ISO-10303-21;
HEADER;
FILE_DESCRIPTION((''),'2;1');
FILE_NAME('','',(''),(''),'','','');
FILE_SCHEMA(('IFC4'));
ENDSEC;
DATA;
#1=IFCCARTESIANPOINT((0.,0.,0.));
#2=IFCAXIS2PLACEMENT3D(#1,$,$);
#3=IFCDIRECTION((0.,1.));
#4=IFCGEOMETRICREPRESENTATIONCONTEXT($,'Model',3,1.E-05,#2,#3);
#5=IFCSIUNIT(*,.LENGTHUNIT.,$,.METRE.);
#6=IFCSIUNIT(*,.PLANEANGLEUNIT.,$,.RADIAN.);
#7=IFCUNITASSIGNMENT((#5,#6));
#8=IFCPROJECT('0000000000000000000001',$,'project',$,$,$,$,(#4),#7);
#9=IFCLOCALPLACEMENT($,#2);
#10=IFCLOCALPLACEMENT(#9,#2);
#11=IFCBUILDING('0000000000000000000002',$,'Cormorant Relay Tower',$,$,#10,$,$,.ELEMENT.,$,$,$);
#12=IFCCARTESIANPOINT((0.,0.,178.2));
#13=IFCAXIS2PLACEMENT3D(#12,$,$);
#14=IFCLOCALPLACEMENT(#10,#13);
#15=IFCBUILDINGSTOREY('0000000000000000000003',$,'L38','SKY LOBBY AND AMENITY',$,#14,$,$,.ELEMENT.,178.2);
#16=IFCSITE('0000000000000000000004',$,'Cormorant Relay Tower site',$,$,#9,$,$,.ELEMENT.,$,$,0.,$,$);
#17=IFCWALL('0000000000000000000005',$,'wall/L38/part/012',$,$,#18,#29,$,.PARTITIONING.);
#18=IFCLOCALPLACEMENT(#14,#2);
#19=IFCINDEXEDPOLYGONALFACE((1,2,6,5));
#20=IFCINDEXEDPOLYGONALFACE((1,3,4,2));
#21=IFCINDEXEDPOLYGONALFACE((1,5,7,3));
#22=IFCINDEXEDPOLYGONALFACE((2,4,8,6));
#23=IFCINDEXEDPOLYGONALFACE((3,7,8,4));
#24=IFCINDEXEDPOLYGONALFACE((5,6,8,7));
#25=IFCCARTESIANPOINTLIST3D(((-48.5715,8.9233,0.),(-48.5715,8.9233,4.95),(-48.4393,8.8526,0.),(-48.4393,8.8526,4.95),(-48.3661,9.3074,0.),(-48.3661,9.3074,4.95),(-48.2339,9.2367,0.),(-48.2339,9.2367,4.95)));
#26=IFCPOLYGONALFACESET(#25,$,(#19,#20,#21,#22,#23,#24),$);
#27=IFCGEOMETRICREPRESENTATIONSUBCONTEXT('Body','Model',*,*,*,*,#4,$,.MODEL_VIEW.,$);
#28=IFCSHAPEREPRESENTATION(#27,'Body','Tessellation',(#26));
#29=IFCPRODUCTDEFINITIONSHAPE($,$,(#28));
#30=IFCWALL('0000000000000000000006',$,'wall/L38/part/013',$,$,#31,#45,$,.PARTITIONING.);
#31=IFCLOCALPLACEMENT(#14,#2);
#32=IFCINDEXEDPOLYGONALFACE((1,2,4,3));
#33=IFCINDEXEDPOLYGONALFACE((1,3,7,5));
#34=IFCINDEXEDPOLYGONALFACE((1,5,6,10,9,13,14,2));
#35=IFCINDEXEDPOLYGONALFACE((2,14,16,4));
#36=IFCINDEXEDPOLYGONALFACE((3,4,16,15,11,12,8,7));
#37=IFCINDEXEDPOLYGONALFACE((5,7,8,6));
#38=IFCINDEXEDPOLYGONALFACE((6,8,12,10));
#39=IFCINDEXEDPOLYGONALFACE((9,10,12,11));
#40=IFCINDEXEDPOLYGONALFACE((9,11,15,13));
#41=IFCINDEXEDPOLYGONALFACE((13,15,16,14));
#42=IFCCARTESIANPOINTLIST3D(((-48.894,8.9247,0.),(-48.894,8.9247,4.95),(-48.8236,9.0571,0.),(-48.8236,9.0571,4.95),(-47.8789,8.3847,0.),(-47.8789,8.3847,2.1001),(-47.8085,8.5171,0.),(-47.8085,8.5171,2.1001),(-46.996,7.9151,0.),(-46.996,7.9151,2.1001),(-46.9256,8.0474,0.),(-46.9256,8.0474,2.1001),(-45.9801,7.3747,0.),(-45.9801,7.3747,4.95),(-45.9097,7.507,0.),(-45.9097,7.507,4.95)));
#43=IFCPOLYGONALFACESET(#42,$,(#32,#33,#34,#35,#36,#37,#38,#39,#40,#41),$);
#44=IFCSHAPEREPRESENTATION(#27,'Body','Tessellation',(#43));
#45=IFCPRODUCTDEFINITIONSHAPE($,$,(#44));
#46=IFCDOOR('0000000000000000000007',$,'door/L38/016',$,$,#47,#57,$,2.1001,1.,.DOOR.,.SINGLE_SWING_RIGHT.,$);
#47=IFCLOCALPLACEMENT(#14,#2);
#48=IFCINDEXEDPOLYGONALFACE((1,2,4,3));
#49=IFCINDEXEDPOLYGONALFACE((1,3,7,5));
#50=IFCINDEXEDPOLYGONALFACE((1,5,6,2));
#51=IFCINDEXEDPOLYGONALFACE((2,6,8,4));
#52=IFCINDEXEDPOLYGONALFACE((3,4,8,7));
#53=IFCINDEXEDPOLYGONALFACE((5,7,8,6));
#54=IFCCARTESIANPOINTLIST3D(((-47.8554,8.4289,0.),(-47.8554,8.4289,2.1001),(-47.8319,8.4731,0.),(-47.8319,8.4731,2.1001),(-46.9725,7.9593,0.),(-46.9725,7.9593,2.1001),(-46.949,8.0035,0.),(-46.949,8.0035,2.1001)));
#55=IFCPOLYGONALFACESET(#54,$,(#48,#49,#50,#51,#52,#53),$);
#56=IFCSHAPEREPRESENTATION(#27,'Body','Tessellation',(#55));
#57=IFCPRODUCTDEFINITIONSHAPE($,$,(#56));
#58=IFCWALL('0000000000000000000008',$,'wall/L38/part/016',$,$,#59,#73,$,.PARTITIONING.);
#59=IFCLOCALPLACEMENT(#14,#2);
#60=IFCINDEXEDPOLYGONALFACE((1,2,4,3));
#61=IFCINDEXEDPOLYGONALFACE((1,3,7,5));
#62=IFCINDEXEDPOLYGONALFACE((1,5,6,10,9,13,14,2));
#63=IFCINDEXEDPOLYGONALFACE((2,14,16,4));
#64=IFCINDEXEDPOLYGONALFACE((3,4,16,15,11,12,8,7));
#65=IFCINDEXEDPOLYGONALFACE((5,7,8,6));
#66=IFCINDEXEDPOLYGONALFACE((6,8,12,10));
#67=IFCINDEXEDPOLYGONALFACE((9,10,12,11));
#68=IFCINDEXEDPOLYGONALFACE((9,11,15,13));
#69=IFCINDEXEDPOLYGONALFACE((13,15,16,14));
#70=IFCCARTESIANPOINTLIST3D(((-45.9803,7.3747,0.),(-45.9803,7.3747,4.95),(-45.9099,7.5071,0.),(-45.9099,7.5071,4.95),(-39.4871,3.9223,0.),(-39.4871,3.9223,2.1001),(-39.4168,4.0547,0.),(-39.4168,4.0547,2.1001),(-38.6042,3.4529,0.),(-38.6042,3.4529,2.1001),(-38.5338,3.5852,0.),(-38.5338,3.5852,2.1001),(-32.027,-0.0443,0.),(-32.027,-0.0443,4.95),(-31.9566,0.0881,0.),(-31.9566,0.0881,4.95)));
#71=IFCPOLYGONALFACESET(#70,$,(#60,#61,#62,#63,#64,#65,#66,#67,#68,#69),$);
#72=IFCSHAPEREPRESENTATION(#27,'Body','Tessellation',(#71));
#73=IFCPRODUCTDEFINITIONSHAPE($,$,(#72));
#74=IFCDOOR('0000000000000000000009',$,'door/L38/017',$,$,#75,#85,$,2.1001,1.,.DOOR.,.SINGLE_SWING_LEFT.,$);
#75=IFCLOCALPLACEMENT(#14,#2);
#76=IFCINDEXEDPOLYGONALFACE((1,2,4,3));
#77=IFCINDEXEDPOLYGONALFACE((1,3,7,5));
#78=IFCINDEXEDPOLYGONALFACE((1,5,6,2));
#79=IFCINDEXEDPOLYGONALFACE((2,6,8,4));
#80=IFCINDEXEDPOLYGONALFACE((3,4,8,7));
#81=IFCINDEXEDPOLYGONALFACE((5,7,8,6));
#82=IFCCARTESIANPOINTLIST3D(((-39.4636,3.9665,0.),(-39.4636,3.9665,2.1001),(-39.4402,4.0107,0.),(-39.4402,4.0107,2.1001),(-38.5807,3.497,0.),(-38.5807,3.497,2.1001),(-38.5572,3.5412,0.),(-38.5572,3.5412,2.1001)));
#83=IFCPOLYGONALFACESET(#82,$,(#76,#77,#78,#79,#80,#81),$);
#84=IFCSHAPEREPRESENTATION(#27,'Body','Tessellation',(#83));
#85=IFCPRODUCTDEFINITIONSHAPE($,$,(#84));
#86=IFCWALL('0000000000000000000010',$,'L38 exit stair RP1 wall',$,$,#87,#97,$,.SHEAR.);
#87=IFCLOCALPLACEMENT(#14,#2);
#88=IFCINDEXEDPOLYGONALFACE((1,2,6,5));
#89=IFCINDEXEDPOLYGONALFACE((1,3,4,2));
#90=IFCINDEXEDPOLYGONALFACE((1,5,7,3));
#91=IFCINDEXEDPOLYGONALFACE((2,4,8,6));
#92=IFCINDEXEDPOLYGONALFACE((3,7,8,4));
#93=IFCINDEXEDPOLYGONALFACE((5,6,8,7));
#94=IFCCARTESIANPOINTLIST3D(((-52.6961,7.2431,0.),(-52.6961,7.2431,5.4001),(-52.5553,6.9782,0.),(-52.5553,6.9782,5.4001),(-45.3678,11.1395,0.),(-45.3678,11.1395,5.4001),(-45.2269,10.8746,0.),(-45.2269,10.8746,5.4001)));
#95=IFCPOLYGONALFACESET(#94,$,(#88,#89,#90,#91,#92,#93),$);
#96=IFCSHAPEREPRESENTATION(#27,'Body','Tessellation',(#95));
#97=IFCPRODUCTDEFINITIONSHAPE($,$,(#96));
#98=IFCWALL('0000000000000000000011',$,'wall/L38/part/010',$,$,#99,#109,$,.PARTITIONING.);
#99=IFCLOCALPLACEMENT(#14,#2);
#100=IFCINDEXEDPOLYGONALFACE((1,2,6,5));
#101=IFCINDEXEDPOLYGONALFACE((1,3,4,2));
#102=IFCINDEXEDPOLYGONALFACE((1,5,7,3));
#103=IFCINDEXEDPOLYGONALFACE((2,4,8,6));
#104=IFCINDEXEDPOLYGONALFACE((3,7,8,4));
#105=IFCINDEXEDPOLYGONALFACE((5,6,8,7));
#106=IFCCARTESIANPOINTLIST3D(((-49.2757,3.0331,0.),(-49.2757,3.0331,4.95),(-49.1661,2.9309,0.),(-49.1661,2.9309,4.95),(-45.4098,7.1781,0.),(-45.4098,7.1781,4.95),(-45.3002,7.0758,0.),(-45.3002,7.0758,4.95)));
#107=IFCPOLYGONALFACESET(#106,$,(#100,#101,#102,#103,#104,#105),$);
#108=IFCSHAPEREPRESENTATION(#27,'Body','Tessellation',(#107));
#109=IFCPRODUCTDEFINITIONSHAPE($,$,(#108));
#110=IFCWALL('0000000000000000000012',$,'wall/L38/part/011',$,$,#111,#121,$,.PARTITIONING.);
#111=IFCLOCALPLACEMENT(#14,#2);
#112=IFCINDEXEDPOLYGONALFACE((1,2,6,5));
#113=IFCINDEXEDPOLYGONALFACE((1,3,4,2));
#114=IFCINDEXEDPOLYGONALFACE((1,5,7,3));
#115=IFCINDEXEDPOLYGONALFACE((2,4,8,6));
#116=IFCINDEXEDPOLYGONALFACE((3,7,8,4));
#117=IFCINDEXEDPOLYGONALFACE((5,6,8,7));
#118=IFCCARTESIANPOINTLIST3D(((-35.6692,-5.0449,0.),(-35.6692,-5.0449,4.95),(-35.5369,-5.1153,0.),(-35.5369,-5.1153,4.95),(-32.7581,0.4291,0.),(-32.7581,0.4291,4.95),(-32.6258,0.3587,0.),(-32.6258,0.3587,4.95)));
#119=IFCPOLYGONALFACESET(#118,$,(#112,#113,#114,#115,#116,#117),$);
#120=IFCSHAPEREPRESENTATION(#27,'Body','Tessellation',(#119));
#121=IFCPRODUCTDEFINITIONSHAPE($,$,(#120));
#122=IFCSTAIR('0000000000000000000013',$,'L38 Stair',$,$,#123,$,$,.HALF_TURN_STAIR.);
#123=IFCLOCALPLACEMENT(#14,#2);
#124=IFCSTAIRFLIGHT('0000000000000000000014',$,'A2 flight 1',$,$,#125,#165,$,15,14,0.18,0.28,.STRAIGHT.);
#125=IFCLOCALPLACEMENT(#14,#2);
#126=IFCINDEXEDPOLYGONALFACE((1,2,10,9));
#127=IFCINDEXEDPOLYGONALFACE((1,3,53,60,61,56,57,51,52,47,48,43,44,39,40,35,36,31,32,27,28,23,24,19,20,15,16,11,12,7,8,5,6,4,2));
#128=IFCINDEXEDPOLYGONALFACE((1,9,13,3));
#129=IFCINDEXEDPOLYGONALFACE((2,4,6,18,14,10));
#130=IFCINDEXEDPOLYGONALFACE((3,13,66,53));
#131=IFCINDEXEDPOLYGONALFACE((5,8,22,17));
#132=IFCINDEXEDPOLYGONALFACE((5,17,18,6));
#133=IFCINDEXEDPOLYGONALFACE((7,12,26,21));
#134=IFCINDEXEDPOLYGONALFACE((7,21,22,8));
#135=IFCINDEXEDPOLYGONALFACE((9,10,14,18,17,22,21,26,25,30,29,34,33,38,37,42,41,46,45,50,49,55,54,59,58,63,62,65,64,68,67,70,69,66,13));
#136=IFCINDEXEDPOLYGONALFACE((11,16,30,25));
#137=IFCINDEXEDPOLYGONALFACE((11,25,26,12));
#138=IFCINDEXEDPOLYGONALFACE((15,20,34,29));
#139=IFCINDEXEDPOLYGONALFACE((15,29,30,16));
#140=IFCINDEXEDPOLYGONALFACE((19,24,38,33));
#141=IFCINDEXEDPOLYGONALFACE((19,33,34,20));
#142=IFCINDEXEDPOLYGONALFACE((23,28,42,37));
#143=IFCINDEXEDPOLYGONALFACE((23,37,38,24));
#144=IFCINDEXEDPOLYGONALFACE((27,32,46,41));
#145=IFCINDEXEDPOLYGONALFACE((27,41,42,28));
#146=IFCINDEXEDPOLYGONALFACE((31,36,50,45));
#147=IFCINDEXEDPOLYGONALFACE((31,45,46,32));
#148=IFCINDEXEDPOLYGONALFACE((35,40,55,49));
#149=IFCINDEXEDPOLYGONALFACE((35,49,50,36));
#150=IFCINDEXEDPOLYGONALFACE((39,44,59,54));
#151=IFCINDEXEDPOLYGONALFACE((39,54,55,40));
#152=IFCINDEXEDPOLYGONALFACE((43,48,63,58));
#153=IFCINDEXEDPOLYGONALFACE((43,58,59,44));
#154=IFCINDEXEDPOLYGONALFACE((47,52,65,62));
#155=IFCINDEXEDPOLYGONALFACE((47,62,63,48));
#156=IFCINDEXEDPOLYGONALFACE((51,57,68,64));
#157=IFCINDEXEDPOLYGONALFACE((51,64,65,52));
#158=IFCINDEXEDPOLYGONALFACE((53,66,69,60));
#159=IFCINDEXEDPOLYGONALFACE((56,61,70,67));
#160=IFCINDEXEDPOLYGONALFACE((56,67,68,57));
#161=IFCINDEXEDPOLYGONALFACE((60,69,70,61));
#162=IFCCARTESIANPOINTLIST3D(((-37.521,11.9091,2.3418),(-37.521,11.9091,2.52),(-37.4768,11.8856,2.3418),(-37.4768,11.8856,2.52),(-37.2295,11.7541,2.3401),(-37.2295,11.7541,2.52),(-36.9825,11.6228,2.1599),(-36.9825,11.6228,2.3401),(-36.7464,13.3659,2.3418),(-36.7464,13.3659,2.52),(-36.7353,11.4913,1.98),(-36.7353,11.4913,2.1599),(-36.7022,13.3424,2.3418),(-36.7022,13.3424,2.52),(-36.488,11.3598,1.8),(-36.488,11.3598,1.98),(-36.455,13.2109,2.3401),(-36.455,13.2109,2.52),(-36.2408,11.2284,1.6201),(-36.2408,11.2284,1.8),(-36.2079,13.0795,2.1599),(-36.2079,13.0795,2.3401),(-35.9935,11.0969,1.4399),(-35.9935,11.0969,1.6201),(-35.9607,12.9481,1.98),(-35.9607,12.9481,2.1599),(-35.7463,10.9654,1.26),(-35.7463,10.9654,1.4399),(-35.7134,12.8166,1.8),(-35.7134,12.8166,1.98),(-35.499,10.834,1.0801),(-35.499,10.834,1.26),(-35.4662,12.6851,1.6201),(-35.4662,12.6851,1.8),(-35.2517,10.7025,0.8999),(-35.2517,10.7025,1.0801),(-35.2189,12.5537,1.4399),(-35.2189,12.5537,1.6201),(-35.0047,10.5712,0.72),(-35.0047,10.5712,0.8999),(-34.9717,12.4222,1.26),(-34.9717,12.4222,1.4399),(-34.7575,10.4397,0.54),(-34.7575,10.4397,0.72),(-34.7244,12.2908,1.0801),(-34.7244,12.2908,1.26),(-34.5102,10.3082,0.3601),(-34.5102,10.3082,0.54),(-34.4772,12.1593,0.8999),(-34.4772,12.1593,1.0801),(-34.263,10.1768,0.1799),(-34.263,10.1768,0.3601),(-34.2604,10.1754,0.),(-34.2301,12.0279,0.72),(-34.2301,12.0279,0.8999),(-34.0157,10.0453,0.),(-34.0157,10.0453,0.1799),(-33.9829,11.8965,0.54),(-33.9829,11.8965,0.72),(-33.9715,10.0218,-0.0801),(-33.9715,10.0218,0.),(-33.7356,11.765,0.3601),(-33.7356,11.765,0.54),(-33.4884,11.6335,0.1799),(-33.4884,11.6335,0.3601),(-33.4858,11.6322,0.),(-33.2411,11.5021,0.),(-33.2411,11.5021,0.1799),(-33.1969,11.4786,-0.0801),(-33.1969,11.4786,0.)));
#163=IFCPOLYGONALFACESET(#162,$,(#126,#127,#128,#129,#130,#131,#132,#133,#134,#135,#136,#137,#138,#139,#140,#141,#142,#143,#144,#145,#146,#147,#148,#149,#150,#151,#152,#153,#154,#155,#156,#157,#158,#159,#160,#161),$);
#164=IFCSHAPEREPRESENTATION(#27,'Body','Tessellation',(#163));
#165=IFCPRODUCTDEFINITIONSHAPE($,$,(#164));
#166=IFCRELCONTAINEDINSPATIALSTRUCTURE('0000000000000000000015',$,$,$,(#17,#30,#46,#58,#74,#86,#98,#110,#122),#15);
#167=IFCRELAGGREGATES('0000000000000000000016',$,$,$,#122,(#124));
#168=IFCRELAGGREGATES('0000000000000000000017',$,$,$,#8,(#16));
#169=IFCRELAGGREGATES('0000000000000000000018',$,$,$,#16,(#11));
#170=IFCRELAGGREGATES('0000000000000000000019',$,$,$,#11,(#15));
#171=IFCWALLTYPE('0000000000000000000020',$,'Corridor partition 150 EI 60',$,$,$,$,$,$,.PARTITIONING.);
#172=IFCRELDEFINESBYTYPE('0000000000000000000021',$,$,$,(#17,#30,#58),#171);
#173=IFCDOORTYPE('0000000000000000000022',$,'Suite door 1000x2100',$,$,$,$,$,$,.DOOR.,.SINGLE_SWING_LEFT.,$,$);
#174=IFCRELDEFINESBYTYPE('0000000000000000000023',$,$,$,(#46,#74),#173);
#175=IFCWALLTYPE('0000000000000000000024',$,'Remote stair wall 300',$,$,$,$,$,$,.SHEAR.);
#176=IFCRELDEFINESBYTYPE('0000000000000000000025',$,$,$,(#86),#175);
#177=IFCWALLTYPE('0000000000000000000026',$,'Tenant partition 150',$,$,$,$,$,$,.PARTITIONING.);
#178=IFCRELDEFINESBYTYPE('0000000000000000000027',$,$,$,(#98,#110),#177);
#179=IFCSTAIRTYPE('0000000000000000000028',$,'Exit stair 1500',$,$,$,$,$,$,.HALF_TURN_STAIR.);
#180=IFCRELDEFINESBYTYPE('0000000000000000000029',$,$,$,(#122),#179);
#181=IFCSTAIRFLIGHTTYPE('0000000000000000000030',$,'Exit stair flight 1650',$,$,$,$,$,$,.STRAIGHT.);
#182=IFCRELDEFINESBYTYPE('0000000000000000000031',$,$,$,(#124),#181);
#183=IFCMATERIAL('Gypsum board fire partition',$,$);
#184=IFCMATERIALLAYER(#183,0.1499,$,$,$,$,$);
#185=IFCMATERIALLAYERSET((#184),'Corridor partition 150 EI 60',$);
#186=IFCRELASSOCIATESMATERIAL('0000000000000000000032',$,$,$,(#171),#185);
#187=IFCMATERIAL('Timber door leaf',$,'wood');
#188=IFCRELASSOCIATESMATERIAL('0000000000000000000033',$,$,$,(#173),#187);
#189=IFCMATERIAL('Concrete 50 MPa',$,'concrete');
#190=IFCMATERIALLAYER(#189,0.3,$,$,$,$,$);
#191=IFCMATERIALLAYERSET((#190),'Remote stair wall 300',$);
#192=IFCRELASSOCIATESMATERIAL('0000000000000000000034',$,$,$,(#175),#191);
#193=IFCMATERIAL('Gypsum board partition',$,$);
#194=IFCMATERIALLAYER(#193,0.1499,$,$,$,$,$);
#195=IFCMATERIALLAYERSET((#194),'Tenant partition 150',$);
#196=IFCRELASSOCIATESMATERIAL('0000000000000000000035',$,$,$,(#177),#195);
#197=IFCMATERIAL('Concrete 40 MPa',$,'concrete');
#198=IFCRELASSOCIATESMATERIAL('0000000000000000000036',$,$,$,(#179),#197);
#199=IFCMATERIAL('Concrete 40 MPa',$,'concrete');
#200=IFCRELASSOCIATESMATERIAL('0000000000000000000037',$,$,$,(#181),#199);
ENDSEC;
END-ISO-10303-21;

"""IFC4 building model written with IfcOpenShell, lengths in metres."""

from ifc_helpers import new_model, si_unit, direction, frame, frame_2d, origin, place, context, subcontext, project, spatial, polyline, rectangle, outline, extrude, material, layer, layer_set, type_object, element, fill, aggregate, save


model = new_model("IFC4")

# Units and contexts
model_context = context("Model", 3, precision=1e-05, world=origin(), true_north=direction((0.0, 1.0)))
body_context = subcontext(model_context, "Body", "Model", "MODEL_VIEW")
ifc_project = project(units=[si_unit("LENGTHUNIT", "METRE"), si_unit("PLANEANGLEUNIT", "RADIAN")], contexts=[model_context])

# Site, building, storey
site_placement = place(None, origin())
site = spatial("IfcSite", under=ifc_project, at=site_placement, Name="Cormorant Relay Tower site", CompositionType="ELEMENT", RefElevation=0.0)
building_placement = place(site_placement, origin())
building = spatial("IfcBuilding", under=site, at=building_placement, Name="Cormorant Relay Tower", CompositionType="ELEMENT")
storey_placement = place(building_placement, frame((0.0, 0.0, 178.2)))
storey = spatial("IfcBuildingStorey", under=building, at=storey_placement, Name="L38", Description="SKY LOBBY AND AMENITY", CompositionType="ELEMENT", Elevation=178.2)

# Wall
ifc_material_1 = material(Name="Gypsum board fire partition")
ifc_layer_1 = layer(ifc_material_1, 0.1499)
ifc_layer_set_1 = layer_set([ifc_layer_1], Name="Corridor partition 150 EI 60")
wall_type_1 = type_object("IfcWallType", Name="Corridor partition 150 EI 60", PredefinedType="PARTITIONING", material=ifc_layer_set_1)
wall_1_placement = place(storey_placement, frame((-48.5054, 8.8879, 0.0), z_axis=(0.0, 0.0, 1.0), x_axis=(0.47149, 0.881871, 0.0)))
element("IfcWall", 1, at=wall_1_placement, inside=storey, type_object=wall_type_1, Name="wall/L38/part/012", PredefinedType="PARTITIONING", context=body_context, shape_type="SweptSolid", body=[
    extrude(rectangle(XDim=0.4355, YDim=0.1499, at=frame_2d((0.2178, 0.0))), origin(), (0.0, 0.0, 1.0), 4.95),
])

# Walls, openings, doors
wall_2_placement = place(storey_placement, frame((-48.8589, 8.991, 0.0), z_axis=(0.0, 0.0, 1.0), x_axis=(0.882854, -0.469647, 0.0)))
wall_2 = element("IfcWall", 2, at=wall_2_placement, inside=storey, type_object=wall_type_1, Name="wall/L38/part/013", PredefinedType="PARTITIONING", context=body_context, shape_type="SweptSolid", body=[
    extrude(rectangle(XDim=3.3005, YDim=0.1499, at=frame_2d((1.6504, 0.0))), origin(), (0.0, 0.0, 1.0), 4.95),
])
opening_1_placement = place(wall_2_placement, frame((1.1499, 0.0, 0.0)))
opening_1 = element("IfcOpeningElement", 3, at=opening_1_placement, cuts=wall_2, PredefinedType="OPENING", context=body_context, shape_type="SweptSolid", body=[
    extrude(rectangle(XDim=1.0, YDim=2.1001, at=frame_2d((0.5, 1.05))), frame((0.0, 0.085, 0.0), z_axis=(0.0, -1.0, 0.0), x_axis=(1.0, 0.0, 0.0)), (0.0, 0.0, 1.0), 0.1699),
])
ifc_material_2 = material(Name="Timber door leaf", Category="wood")
door_type = type_object("IfcDoorType", Name="Suite door 1000x2100", OperationType="SINGLE_SWING_LEFT", PredefinedType="DOOR", material=ifc_material_2)
door_1_placement = place(opening_1_placement, frame((1.0, 0.0, 0.0), z_axis=(0.0, 0.0, 1.0), x_axis=(-1.0, 0.0, 0.0)))
door_1 = element("IfcDoor", 4, at=door_1_placement, inside=storey, type_object=door_type, Name="door/L38/016", OperationType="SINGLE_SWING_RIGHT", OverallHeight=2.1001, OverallWidth=1.0, PredefinedType="DOOR", context=body_context, shape_type="SweptSolid", body=[
    extrude(rectangle(XDim=1.0, YDim=2.1001, at=frame_2d((0.5, 1.05))), frame((0.0, 0.0249, 0.0), z_axis=(0.0, -1.0, 0.0), x_axis=(1.0, 0.0, 0.0)), (0.0, 0.0, 1.0), 0.05),
])
fill(opening_1, door_1)
wall_3_placement = place(storey_placement, frame((-31.9919, 0.022, 0.0), z_axis=(0.0, 0.0, 1.0), x_axis=(-0.882949, 0.469468, 0.0)))
wall_3 = element("IfcWall", 5, at=wall_3_placement, inside=storey, type_object=wall_type_1, Name="wall/L38/part/016", PredefinedType="PARTITIONING", context=body_context, shape_type="SweptSolid", body=[
    extrude(rectangle(XDim=15.803, YDim=0.1499, at=frame_2d((7.9014, 0.0))), origin(), (0.0, 0.0, 1.0), 4.95),
])
opening_2_placement = place(wall_3_placement, frame((7.449, 0.0, 0.0)))
opening_2 = element("IfcOpeningElement", 6, at=opening_2_placement, cuts=wall_3, PredefinedType="OPENING", context=body_context, shape_type="SweptSolid", body=[
    extrude(rectangle(XDim=1.0, YDim=2.1001, at=frame_2d((0.5, 1.05))), frame((0.0, 0.085, 0.0), z_axis=(0.0, -1.0, 0.0), x_axis=(1.0, 0.0, 0.0)), (0.0, 0.0, 1.0), 0.1699),
])
door_2_placement = place(opening_2_placement, origin())
door_2 = element("IfcDoor", 7, at=door_2_placement, inside=storey, type_object=door_type, Name="door/L38/017", OperationType="SINGLE_SWING_LEFT", OverallHeight=2.1001, OverallWidth=1.0, PredefinedType="DOOR", context=body_context, shape_type="SweptSolid", body=[
    extrude(rectangle(XDim=1.0, YDim=2.1001, at=frame_2d((0.5, 1.05))), frame((0.0, 0.0249, 0.0), z_axis=(0.0, -1.0, 0.0), x_axis=(1.0, 0.0, 0.0)), (0.0, 0.0, 1.0), 0.05),
])
fill(opening_2, door_2)

# Walls
ifc_material_3 = material(Name="Concrete 50 MPa", Category="concrete")
ifc_layer_2 = layer(ifc_material_3, 0.3)
ifc_layer_set_2 = layer_set([ifc_layer_2], Name="Remote stair wall 300")
wall_type_2 = type_object("IfcWallType", Name="Remote stair wall 300", PredefinedType="SHEAR", material=ifc_layer_set_2)
wall_4_placement = place(storey_placement, frame((-45.2974, 11.0071, 0.0), z_axis=(0.0, 0.0, 1.0), x_axis=(-0.882952, -0.469464, 0.0)))
element("IfcWall", 8, at=wall_4_placement, inside=storey, type_object=wall_type_2, Name="L38 exit stair RP1 wall", PredefinedType="SHEAR", context=body_context, shape_type="SweptSolid", body=[
    extrude(rectangle(XDim=8.2998, YDim=0.3, at=frame_2d((4.1499, 0.0))), origin(), (0.0, 0.0, 1.0), 5.4001),
])
ifc_material_4 = material(Name="Gypsum board partition")
ifc_layer_3 = layer(ifc_material_4, 0.1499)
ifc_layer_set_3 = layer_set([ifc_layer_3], Name="Tenant partition 150")
wall_type_3 = type_object("IfcWallType", Name="Tenant partition 150", PredefinedType="PARTITIONING", material=ifc_layer_set_3)
wall_5_placement = place(storey_placement, frame((-45.355, 7.127, 0.0), z_axis=(0.0, 0.0, 1.0), x_axis=(-0.682062, -0.731294, 0.0)))
element("IfcWall", 9, at=wall_5_placement, inside=storey, type_object=wall_type_3, Name="wall/L38/part/010", PredefinedType="PARTITIONING", context=body_context, shape_type="SweptSolid", body=[
    extrude(rectangle(XDim=5.668, YDim=0.1499, at=frame_2d((2.834, 0.0))), origin(), (0.0, 0.0, 1.0), 4.95),
])
wall_6_placement = place(storey_placement, frame((-32.6919, 0.394, 0.0), z_axis=(0.0, 0.0, 1.0), x_axis=(-0.469533, -0.882915, 0.0)))
element("IfcWall", 10, at=wall_6_placement, inside=storey, type_object=wall_type_3, Name="wall/L38/part/011", PredefinedType="PARTITIONING", context=body_context, shape_type="SweptSolid", body=[
    extrude(rectangle(XDim=6.2, YDim=0.1499, at=frame_2d((3.1001, 0.0))), origin(), (0.0, 0.0, 1.0), 4.95),
])

# Stair, stair flight
ifc_material_5 = material(Name="Concrete 40 MPa", Category="concrete")
stair_type = type_object("IfcStairType", Name="Exit stair 1500", PredefinedType="HALF_TURN_STAIR", material=ifc_material_5)
stair_placement = place(storey_placement, origin())
stair = element("IfcStair", 11, at=stair_placement, inside=storey, type_object=stair_type, Name="L38 Stair", PredefinedType="HALF_TURN_STAIR")
ifc_material_6 = material(Name="Concrete 40 MPa", Category="concrete")
stair_flight_type = type_object("IfcStairFlightType", Name="Exit stair flight 1650", PredefinedType="STRAIGHT", material=ifc_material_6)
stair_flight_1_placement = place(storey_placement, frame((-33.6284, 10.7737, 0.0), z_axis=(0.0, 0.0, 1.0), x_axis=(-0.882948, 0.469472, 0.0)))
stair_flight_1 = element("IfcStairFlight", 12, at=stair_flight_1_placement, type_object=stair_flight_type, Name="A2 flight 1", NumberOfRisers=15, NumberOfTreads=14, PredefinedType="STRAIGHT", RiserHeight=0.18, TreadLength=0.28, context=body_context, shape_type="SweptSolid", body=[
    extrude(outline(polyline([(-0.05, -0.0801), (-0.05, 0.0), (0.0, 0.0), (0.0, 0.1799), (0.28, 0.1799), (0.28, 0.3601), (0.5601, 0.3601), (0.5601, 0.54), (0.8401, 0.54), (0.8401, 0.72), (1.1201, 0.72), (1.1201, 0.8999), (1.3999, 0.8999), (1.3999, 1.0801), (1.6799, 1.0801), (1.6799, 1.26), (1.96, 1.26), (1.96, 1.4399), (2.24, 1.4399), (2.24, 1.6201), (2.52, 1.6201), (2.52, 1.8), (2.8, 1.8), (2.8, 1.98), (3.0801, 1.98), (3.0801, 2.1599), (3.3601, 2.1599), (3.3601, 2.3401), (3.6399, 2.3401), (3.6399, 2.52), (3.9199, 2.52), (3.97, 2.52), (3.97, 2.3418), (3.9199, 2.3418), (0.2771, 0.0), (-0.05, -0.0801)])), frame((0.0, 0.825, 0.0), z_axis=(0.0, -1.0, 0.0), x_axis=(1.0, 0.0, 0.0)), (0.0, 0.0, 1.0), 1.6499),
])
aggregate(stair, [stair_flight_1])

save(model, "model.ifc")
